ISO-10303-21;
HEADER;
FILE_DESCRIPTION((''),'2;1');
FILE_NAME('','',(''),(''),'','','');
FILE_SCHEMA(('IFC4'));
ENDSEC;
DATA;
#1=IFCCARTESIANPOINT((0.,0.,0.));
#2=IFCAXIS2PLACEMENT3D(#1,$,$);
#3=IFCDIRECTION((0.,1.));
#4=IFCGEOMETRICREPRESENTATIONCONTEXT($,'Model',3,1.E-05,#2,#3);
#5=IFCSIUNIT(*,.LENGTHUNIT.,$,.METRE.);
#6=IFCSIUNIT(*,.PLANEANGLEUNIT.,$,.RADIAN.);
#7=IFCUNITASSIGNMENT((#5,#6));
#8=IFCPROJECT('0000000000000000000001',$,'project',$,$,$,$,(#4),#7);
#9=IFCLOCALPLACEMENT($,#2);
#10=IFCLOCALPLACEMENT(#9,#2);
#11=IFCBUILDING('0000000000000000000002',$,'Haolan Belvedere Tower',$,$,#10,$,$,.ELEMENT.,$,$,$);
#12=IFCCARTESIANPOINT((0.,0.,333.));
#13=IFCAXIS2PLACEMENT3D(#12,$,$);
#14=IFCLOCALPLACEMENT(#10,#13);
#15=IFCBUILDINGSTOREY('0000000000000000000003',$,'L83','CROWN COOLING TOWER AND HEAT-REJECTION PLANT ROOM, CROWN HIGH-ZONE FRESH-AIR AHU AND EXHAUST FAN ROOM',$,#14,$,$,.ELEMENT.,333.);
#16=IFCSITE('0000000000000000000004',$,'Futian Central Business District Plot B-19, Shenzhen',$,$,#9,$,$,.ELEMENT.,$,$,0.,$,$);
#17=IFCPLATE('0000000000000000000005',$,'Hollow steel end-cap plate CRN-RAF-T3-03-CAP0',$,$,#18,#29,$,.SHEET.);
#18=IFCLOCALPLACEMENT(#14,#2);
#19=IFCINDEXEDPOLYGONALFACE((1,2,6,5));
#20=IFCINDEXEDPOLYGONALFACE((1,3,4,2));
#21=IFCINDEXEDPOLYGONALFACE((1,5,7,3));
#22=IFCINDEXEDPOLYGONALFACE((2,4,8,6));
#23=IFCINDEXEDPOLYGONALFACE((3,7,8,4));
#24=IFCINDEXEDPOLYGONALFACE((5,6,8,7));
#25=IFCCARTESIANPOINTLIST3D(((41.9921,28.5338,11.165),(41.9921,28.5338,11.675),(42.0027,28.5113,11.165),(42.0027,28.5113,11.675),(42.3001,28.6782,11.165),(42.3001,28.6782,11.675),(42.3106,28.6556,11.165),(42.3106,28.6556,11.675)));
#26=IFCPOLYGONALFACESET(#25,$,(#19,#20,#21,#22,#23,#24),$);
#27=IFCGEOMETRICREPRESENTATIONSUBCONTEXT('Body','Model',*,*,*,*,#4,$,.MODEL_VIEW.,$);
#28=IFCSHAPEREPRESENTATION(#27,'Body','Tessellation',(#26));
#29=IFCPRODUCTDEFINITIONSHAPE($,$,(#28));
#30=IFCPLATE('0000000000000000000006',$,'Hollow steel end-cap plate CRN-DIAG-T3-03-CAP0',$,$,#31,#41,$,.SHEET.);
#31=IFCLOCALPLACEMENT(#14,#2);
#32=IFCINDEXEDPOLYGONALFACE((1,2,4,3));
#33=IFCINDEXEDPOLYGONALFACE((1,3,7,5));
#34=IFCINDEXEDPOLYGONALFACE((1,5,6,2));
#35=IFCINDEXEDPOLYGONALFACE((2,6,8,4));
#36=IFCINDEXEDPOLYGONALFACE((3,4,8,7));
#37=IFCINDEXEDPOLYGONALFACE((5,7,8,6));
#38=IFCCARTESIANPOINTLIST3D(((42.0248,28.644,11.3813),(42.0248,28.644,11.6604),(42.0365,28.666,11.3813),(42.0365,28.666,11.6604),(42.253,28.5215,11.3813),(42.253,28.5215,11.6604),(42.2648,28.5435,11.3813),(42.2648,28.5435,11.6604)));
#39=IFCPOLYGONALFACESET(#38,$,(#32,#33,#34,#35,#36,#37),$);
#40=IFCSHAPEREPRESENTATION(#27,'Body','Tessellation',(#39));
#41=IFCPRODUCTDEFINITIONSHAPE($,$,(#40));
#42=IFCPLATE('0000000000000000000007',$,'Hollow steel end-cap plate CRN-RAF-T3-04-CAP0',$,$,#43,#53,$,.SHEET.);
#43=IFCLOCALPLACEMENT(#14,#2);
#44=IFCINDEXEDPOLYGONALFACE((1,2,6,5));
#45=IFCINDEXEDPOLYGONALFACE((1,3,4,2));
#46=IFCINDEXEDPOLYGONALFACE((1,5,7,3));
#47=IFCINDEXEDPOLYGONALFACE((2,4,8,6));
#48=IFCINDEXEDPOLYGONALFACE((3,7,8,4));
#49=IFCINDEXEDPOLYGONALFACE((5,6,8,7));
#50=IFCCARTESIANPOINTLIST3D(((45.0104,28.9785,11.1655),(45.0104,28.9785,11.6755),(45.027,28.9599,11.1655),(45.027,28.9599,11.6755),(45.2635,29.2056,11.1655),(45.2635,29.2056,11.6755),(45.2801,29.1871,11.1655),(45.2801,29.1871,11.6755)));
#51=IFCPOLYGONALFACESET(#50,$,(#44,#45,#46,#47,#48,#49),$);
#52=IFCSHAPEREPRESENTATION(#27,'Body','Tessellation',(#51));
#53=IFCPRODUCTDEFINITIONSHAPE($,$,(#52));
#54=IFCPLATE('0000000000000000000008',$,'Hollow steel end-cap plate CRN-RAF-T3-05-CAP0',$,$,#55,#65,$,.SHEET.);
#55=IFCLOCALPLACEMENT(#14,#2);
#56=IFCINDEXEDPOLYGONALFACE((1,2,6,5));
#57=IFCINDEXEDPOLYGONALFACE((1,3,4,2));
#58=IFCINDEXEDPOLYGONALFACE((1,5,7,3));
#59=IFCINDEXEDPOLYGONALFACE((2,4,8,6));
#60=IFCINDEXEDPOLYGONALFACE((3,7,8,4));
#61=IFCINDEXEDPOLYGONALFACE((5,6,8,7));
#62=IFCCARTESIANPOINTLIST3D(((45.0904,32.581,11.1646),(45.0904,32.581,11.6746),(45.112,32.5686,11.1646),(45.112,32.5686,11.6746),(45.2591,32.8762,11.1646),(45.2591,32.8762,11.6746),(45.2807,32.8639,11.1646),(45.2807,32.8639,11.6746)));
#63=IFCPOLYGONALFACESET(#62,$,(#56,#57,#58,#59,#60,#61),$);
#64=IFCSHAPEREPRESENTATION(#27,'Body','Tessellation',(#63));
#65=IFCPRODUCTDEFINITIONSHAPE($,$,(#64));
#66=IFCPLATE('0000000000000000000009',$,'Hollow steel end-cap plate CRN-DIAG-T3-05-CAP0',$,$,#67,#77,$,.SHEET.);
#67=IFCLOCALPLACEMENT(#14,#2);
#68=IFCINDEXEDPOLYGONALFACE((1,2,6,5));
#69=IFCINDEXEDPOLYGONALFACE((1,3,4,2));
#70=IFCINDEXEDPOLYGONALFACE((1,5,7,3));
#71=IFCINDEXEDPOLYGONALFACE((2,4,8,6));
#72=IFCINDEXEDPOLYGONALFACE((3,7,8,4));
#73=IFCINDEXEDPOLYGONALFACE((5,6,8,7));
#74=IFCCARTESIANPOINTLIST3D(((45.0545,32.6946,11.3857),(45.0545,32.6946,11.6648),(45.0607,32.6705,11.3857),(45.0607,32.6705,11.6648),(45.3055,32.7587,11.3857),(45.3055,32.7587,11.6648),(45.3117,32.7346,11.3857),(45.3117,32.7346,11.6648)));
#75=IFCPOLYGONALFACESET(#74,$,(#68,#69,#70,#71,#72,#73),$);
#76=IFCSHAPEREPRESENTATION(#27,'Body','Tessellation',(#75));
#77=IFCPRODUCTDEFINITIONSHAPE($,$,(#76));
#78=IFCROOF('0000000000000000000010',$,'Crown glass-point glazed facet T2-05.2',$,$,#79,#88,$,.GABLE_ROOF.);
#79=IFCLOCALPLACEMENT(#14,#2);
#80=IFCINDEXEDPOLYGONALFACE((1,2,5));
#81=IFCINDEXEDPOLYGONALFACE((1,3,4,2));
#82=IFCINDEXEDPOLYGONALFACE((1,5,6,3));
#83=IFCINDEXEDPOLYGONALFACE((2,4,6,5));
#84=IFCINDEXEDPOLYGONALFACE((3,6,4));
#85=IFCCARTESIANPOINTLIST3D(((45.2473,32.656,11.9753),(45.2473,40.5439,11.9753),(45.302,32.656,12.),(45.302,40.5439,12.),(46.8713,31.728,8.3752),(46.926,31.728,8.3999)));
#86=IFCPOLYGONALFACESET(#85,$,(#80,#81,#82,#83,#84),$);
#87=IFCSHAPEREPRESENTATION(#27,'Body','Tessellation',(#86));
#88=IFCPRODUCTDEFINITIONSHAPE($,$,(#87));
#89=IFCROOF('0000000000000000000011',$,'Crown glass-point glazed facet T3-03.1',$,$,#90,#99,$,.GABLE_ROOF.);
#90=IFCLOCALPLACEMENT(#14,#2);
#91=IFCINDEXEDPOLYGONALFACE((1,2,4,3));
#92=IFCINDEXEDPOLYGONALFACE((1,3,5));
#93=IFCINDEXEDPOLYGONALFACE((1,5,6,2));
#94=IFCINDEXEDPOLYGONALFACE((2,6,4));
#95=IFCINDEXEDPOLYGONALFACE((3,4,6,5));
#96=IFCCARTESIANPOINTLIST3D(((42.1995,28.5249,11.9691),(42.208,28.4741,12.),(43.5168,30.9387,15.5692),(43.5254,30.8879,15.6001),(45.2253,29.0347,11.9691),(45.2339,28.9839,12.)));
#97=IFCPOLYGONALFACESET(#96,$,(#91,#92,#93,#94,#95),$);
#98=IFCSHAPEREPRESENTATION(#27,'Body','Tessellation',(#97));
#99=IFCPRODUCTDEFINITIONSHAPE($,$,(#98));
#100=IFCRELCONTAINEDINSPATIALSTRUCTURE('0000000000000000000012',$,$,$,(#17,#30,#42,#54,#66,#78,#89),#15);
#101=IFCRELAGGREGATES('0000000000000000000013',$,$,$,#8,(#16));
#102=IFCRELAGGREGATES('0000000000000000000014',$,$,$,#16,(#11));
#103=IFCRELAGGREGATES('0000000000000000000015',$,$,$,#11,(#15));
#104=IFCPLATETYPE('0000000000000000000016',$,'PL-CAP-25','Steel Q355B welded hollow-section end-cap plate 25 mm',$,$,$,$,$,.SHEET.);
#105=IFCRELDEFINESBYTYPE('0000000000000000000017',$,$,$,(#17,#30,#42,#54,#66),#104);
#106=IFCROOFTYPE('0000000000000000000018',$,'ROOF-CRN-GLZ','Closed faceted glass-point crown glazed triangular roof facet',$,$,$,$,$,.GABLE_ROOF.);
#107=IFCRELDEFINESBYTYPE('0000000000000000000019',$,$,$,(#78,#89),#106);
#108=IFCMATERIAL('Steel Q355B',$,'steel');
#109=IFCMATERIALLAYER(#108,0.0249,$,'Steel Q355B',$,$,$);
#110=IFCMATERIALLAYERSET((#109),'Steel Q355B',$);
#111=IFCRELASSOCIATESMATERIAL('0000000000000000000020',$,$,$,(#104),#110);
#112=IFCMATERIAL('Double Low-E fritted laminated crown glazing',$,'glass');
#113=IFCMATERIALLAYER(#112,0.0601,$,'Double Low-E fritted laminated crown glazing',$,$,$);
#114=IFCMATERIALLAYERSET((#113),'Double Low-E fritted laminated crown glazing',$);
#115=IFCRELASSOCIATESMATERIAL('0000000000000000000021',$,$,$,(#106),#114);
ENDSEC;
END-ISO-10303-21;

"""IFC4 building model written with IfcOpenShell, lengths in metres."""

from ifc_helpers import new_model, si_unit, direction, frame, origin, origin_2d, place, context, subcontext, project, spatial, polyline, rectangle, outline, extrude, material, layer, layer_set, type_object, element, save


model = new_model("IFC4")

# Units and contexts
model_context = context("Model", 3, precision=1e-05, world=origin(), true_north=direction((0.0, 1.0)))
body_context = subcontext(model_context, "Body", "Model", "MODEL_VIEW")
ifc_project = project(units=[si_unit("LENGTHUNIT", "METRE"), si_unit("PLANEANGLEUNIT", "RADIAN")], contexts=[model_context])

# Site, building, storey
site_placement = place(None, origin())
site = spatial("IfcSite", under=ifc_project, at=site_placement, Name="Futian Central Business District Plot B-19, Shenzhen", CompositionType="ELEMENT", RefElevation=0.0)
building_placement = place(site_placement, origin())
building = spatial("IfcBuilding", under=site, at=building_placement, Name="Haolan Belvedere Tower", CompositionType="ELEMENT")
storey_placement = place(building_placement, frame((0.0, 0.0, 333.0)))
storey = spatial("IfcBuildingStorey", under=building, at=storey_placement, Name="L83", Description="CROWN COOLING TOWER AND HEAT-REJECTION PLANT ROOM, CROWN HIGH-ZONE FRESH-AIR AHU AND EXHAUST FAN ROOM", CompositionType="ELEMENT", Elevation=333.0)

# Shared definitions
ifc_material_1 = material(Name="Steel Q355B", Category="steel")

# Plates
ifc_layer_1 = layer(ifc_material_1, 0.0249, Name="Steel Q355B")
ifc_layer_set_1 = layer_set([ifc_layer_1], Name="Steel Q355B")
plate_type = type_object("IfcPlateType", Name="PL-CAP-25", Description="Steel Q355B welded hollow-section end-cap plate 25 mm", PredefinedType="SHEET", material=ifc_layer_set_1)
plate_1_placement = place(storey_placement, frame((42.1514, 28.5947, 11.165), z_axis=(0.0, 0.0, 1.0), x_axis=(0.905502, 0.424342, 0.0)))
element("IfcPlate", 1, at=plate_1_placement, inside=storey, type_object=plate_type, Name="Hollow steel end-cap plate CRN-RAF-T3-03-CAP0", PredefinedType="SHEET", context=body_context, shape_type="SweptSolid", body=[
    extrude(rectangle(XDim=0.3401, YDim=0.0249, at=origin_2d()), origin(), (0.0, 0.0, 1.0), 0.51),
])
plate_2_placement = place(storey_placement, frame((42.1448, 28.5938, 11.3813), z_axis=(0.0, 0.0, 1.0), x_axis=(0.88113, -0.472874, 0.0)))
element("IfcPlate", 2, at=plate_2_placement, inside=storey, type_object=plate_type, Name="Hollow steel end-cap plate CRN-DIAG-T3-03-CAP0", PredefinedType="SHEET", context=body_context, shape_type="SweptSolid", body=[
    extrude(rectangle(XDim=0.259, YDim=0.0249, at=origin_2d()), origin(), (0.0, 0.0, 1.0), 0.2791),
])
for number, where, z_axis, x_axis, name in (
    (3, (45.1453, 29.0828, 11.1655), (0.0, 0.0, 1.0), (0.744288, 0.667859, 0.0), "Hollow steel end-cap plate CRN-RAF-T3-04-CAP0"),
    (4, (45.1855, 32.7224, 11.1646), (0.0, 0.0, 1.0), (0.496141, 0.868242, 0.0), "Hollow steel end-cap plate CRN-RAF-T3-05-CAP0"),
):
    element("IfcPlate", number, at=place(storey_placement, frame(where, z_axis=z_axis, x_axis=x_axis)), inside=storey, type_object=plate_type, Name=name, PredefinedType="SHEET", context=body_context, shape_type="SweptSolid", body=[
        extrude(rectangle(XDim=0.3401, YDim=0.0249, at=origin_2d()), origin(), (0.0, 0.0, 1.0), 0.51),
    ])
plate_3_placement = place(storey_placement, frame((45.1831, 32.7146, 11.3857), z_axis=(0.0, 0.0, 1.0), x_axis=(0.96896, 0.247219, 0.0)))
element("IfcPlate", 5, at=plate_3_placement, inside=storey, type_object=plate_type, Name="Hollow steel end-cap plate CRN-DIAG-T3-05-CAP0", PredefinedType="SHEET", context=body_context, shape_type="SweptSolid", body=[
    extrude(rectangle(XDim=0.259, YDim=0.0249, at=origin_2d()), origin(), (0.0, 0.0, 1.0), 0.2791),
])

# Roofs
ifc_material_2 = material(Name="Double Low-E fritted laminated crown glazing", Category="glass")
ifc_layer_2 = layer(ifc_material_2, 0.0601, Name="Double Low-E fritted laminated crown glazing")
ifc_layer_set_2 = layer_set([ifc_layer_2], Name="Double Low-E fritted laminated crown glazing")
roof_type = type_object("IfcRoofType", Name="ROOF-CRN-GLZ", Description="Closed faceted glass-point crown glazed triangular roof facet", PredefinedType="GABLE_ROOF", material=ifc_layer_set_2)
roof_1_placement = place(storey_placement, frame((46.926, 31.728, 8.3999), z_axis=(0.911544, 0.0, 0.411202), x_axis=(-0.168116, 0.912606, 0.372675)))
element("IfcRoof", 6, at=roof_1_placement, inside=storey, type_object=roof_type, Name="Crown glass-point glazed facet T2-05.2", PredefinedType="GABLE_ROOF", context=body_context, shape_type="SweptSolid", body=[
    extrude(outline(polyline([(0.0, 0.0), (9.6602, 0.0), (2.4616, 3.2249), (0.0, 0.0)])), origin(), (0.0, 0.0, -1.0), 0.0601),
])
roof_2_placement = place(storey_placement, frame((42.208, 28.4741, 12.0), z_axis=(0.142429, -0.845436, 0.514735), x_axis=(0.986104, 0.166128, 0.0)))
element("IfcRoof", 7, at=roof_2_placement, inside=storey, type_object=roof_type, Name="Crown glass-point glazed facet T3-03.1", PredefinedType="GABLE_ROOF", context=body_context, shape_type="SweptSolid", body=[
    extrude(outline(polyline([(0.0, 0.0), (3.0685, 0.0), (1.7001, 4.1991), (0.0, 0.0)])), origin(), (0.0, 0.0, -1.0), 0.0601),
])

save(model, "model.ifc")
